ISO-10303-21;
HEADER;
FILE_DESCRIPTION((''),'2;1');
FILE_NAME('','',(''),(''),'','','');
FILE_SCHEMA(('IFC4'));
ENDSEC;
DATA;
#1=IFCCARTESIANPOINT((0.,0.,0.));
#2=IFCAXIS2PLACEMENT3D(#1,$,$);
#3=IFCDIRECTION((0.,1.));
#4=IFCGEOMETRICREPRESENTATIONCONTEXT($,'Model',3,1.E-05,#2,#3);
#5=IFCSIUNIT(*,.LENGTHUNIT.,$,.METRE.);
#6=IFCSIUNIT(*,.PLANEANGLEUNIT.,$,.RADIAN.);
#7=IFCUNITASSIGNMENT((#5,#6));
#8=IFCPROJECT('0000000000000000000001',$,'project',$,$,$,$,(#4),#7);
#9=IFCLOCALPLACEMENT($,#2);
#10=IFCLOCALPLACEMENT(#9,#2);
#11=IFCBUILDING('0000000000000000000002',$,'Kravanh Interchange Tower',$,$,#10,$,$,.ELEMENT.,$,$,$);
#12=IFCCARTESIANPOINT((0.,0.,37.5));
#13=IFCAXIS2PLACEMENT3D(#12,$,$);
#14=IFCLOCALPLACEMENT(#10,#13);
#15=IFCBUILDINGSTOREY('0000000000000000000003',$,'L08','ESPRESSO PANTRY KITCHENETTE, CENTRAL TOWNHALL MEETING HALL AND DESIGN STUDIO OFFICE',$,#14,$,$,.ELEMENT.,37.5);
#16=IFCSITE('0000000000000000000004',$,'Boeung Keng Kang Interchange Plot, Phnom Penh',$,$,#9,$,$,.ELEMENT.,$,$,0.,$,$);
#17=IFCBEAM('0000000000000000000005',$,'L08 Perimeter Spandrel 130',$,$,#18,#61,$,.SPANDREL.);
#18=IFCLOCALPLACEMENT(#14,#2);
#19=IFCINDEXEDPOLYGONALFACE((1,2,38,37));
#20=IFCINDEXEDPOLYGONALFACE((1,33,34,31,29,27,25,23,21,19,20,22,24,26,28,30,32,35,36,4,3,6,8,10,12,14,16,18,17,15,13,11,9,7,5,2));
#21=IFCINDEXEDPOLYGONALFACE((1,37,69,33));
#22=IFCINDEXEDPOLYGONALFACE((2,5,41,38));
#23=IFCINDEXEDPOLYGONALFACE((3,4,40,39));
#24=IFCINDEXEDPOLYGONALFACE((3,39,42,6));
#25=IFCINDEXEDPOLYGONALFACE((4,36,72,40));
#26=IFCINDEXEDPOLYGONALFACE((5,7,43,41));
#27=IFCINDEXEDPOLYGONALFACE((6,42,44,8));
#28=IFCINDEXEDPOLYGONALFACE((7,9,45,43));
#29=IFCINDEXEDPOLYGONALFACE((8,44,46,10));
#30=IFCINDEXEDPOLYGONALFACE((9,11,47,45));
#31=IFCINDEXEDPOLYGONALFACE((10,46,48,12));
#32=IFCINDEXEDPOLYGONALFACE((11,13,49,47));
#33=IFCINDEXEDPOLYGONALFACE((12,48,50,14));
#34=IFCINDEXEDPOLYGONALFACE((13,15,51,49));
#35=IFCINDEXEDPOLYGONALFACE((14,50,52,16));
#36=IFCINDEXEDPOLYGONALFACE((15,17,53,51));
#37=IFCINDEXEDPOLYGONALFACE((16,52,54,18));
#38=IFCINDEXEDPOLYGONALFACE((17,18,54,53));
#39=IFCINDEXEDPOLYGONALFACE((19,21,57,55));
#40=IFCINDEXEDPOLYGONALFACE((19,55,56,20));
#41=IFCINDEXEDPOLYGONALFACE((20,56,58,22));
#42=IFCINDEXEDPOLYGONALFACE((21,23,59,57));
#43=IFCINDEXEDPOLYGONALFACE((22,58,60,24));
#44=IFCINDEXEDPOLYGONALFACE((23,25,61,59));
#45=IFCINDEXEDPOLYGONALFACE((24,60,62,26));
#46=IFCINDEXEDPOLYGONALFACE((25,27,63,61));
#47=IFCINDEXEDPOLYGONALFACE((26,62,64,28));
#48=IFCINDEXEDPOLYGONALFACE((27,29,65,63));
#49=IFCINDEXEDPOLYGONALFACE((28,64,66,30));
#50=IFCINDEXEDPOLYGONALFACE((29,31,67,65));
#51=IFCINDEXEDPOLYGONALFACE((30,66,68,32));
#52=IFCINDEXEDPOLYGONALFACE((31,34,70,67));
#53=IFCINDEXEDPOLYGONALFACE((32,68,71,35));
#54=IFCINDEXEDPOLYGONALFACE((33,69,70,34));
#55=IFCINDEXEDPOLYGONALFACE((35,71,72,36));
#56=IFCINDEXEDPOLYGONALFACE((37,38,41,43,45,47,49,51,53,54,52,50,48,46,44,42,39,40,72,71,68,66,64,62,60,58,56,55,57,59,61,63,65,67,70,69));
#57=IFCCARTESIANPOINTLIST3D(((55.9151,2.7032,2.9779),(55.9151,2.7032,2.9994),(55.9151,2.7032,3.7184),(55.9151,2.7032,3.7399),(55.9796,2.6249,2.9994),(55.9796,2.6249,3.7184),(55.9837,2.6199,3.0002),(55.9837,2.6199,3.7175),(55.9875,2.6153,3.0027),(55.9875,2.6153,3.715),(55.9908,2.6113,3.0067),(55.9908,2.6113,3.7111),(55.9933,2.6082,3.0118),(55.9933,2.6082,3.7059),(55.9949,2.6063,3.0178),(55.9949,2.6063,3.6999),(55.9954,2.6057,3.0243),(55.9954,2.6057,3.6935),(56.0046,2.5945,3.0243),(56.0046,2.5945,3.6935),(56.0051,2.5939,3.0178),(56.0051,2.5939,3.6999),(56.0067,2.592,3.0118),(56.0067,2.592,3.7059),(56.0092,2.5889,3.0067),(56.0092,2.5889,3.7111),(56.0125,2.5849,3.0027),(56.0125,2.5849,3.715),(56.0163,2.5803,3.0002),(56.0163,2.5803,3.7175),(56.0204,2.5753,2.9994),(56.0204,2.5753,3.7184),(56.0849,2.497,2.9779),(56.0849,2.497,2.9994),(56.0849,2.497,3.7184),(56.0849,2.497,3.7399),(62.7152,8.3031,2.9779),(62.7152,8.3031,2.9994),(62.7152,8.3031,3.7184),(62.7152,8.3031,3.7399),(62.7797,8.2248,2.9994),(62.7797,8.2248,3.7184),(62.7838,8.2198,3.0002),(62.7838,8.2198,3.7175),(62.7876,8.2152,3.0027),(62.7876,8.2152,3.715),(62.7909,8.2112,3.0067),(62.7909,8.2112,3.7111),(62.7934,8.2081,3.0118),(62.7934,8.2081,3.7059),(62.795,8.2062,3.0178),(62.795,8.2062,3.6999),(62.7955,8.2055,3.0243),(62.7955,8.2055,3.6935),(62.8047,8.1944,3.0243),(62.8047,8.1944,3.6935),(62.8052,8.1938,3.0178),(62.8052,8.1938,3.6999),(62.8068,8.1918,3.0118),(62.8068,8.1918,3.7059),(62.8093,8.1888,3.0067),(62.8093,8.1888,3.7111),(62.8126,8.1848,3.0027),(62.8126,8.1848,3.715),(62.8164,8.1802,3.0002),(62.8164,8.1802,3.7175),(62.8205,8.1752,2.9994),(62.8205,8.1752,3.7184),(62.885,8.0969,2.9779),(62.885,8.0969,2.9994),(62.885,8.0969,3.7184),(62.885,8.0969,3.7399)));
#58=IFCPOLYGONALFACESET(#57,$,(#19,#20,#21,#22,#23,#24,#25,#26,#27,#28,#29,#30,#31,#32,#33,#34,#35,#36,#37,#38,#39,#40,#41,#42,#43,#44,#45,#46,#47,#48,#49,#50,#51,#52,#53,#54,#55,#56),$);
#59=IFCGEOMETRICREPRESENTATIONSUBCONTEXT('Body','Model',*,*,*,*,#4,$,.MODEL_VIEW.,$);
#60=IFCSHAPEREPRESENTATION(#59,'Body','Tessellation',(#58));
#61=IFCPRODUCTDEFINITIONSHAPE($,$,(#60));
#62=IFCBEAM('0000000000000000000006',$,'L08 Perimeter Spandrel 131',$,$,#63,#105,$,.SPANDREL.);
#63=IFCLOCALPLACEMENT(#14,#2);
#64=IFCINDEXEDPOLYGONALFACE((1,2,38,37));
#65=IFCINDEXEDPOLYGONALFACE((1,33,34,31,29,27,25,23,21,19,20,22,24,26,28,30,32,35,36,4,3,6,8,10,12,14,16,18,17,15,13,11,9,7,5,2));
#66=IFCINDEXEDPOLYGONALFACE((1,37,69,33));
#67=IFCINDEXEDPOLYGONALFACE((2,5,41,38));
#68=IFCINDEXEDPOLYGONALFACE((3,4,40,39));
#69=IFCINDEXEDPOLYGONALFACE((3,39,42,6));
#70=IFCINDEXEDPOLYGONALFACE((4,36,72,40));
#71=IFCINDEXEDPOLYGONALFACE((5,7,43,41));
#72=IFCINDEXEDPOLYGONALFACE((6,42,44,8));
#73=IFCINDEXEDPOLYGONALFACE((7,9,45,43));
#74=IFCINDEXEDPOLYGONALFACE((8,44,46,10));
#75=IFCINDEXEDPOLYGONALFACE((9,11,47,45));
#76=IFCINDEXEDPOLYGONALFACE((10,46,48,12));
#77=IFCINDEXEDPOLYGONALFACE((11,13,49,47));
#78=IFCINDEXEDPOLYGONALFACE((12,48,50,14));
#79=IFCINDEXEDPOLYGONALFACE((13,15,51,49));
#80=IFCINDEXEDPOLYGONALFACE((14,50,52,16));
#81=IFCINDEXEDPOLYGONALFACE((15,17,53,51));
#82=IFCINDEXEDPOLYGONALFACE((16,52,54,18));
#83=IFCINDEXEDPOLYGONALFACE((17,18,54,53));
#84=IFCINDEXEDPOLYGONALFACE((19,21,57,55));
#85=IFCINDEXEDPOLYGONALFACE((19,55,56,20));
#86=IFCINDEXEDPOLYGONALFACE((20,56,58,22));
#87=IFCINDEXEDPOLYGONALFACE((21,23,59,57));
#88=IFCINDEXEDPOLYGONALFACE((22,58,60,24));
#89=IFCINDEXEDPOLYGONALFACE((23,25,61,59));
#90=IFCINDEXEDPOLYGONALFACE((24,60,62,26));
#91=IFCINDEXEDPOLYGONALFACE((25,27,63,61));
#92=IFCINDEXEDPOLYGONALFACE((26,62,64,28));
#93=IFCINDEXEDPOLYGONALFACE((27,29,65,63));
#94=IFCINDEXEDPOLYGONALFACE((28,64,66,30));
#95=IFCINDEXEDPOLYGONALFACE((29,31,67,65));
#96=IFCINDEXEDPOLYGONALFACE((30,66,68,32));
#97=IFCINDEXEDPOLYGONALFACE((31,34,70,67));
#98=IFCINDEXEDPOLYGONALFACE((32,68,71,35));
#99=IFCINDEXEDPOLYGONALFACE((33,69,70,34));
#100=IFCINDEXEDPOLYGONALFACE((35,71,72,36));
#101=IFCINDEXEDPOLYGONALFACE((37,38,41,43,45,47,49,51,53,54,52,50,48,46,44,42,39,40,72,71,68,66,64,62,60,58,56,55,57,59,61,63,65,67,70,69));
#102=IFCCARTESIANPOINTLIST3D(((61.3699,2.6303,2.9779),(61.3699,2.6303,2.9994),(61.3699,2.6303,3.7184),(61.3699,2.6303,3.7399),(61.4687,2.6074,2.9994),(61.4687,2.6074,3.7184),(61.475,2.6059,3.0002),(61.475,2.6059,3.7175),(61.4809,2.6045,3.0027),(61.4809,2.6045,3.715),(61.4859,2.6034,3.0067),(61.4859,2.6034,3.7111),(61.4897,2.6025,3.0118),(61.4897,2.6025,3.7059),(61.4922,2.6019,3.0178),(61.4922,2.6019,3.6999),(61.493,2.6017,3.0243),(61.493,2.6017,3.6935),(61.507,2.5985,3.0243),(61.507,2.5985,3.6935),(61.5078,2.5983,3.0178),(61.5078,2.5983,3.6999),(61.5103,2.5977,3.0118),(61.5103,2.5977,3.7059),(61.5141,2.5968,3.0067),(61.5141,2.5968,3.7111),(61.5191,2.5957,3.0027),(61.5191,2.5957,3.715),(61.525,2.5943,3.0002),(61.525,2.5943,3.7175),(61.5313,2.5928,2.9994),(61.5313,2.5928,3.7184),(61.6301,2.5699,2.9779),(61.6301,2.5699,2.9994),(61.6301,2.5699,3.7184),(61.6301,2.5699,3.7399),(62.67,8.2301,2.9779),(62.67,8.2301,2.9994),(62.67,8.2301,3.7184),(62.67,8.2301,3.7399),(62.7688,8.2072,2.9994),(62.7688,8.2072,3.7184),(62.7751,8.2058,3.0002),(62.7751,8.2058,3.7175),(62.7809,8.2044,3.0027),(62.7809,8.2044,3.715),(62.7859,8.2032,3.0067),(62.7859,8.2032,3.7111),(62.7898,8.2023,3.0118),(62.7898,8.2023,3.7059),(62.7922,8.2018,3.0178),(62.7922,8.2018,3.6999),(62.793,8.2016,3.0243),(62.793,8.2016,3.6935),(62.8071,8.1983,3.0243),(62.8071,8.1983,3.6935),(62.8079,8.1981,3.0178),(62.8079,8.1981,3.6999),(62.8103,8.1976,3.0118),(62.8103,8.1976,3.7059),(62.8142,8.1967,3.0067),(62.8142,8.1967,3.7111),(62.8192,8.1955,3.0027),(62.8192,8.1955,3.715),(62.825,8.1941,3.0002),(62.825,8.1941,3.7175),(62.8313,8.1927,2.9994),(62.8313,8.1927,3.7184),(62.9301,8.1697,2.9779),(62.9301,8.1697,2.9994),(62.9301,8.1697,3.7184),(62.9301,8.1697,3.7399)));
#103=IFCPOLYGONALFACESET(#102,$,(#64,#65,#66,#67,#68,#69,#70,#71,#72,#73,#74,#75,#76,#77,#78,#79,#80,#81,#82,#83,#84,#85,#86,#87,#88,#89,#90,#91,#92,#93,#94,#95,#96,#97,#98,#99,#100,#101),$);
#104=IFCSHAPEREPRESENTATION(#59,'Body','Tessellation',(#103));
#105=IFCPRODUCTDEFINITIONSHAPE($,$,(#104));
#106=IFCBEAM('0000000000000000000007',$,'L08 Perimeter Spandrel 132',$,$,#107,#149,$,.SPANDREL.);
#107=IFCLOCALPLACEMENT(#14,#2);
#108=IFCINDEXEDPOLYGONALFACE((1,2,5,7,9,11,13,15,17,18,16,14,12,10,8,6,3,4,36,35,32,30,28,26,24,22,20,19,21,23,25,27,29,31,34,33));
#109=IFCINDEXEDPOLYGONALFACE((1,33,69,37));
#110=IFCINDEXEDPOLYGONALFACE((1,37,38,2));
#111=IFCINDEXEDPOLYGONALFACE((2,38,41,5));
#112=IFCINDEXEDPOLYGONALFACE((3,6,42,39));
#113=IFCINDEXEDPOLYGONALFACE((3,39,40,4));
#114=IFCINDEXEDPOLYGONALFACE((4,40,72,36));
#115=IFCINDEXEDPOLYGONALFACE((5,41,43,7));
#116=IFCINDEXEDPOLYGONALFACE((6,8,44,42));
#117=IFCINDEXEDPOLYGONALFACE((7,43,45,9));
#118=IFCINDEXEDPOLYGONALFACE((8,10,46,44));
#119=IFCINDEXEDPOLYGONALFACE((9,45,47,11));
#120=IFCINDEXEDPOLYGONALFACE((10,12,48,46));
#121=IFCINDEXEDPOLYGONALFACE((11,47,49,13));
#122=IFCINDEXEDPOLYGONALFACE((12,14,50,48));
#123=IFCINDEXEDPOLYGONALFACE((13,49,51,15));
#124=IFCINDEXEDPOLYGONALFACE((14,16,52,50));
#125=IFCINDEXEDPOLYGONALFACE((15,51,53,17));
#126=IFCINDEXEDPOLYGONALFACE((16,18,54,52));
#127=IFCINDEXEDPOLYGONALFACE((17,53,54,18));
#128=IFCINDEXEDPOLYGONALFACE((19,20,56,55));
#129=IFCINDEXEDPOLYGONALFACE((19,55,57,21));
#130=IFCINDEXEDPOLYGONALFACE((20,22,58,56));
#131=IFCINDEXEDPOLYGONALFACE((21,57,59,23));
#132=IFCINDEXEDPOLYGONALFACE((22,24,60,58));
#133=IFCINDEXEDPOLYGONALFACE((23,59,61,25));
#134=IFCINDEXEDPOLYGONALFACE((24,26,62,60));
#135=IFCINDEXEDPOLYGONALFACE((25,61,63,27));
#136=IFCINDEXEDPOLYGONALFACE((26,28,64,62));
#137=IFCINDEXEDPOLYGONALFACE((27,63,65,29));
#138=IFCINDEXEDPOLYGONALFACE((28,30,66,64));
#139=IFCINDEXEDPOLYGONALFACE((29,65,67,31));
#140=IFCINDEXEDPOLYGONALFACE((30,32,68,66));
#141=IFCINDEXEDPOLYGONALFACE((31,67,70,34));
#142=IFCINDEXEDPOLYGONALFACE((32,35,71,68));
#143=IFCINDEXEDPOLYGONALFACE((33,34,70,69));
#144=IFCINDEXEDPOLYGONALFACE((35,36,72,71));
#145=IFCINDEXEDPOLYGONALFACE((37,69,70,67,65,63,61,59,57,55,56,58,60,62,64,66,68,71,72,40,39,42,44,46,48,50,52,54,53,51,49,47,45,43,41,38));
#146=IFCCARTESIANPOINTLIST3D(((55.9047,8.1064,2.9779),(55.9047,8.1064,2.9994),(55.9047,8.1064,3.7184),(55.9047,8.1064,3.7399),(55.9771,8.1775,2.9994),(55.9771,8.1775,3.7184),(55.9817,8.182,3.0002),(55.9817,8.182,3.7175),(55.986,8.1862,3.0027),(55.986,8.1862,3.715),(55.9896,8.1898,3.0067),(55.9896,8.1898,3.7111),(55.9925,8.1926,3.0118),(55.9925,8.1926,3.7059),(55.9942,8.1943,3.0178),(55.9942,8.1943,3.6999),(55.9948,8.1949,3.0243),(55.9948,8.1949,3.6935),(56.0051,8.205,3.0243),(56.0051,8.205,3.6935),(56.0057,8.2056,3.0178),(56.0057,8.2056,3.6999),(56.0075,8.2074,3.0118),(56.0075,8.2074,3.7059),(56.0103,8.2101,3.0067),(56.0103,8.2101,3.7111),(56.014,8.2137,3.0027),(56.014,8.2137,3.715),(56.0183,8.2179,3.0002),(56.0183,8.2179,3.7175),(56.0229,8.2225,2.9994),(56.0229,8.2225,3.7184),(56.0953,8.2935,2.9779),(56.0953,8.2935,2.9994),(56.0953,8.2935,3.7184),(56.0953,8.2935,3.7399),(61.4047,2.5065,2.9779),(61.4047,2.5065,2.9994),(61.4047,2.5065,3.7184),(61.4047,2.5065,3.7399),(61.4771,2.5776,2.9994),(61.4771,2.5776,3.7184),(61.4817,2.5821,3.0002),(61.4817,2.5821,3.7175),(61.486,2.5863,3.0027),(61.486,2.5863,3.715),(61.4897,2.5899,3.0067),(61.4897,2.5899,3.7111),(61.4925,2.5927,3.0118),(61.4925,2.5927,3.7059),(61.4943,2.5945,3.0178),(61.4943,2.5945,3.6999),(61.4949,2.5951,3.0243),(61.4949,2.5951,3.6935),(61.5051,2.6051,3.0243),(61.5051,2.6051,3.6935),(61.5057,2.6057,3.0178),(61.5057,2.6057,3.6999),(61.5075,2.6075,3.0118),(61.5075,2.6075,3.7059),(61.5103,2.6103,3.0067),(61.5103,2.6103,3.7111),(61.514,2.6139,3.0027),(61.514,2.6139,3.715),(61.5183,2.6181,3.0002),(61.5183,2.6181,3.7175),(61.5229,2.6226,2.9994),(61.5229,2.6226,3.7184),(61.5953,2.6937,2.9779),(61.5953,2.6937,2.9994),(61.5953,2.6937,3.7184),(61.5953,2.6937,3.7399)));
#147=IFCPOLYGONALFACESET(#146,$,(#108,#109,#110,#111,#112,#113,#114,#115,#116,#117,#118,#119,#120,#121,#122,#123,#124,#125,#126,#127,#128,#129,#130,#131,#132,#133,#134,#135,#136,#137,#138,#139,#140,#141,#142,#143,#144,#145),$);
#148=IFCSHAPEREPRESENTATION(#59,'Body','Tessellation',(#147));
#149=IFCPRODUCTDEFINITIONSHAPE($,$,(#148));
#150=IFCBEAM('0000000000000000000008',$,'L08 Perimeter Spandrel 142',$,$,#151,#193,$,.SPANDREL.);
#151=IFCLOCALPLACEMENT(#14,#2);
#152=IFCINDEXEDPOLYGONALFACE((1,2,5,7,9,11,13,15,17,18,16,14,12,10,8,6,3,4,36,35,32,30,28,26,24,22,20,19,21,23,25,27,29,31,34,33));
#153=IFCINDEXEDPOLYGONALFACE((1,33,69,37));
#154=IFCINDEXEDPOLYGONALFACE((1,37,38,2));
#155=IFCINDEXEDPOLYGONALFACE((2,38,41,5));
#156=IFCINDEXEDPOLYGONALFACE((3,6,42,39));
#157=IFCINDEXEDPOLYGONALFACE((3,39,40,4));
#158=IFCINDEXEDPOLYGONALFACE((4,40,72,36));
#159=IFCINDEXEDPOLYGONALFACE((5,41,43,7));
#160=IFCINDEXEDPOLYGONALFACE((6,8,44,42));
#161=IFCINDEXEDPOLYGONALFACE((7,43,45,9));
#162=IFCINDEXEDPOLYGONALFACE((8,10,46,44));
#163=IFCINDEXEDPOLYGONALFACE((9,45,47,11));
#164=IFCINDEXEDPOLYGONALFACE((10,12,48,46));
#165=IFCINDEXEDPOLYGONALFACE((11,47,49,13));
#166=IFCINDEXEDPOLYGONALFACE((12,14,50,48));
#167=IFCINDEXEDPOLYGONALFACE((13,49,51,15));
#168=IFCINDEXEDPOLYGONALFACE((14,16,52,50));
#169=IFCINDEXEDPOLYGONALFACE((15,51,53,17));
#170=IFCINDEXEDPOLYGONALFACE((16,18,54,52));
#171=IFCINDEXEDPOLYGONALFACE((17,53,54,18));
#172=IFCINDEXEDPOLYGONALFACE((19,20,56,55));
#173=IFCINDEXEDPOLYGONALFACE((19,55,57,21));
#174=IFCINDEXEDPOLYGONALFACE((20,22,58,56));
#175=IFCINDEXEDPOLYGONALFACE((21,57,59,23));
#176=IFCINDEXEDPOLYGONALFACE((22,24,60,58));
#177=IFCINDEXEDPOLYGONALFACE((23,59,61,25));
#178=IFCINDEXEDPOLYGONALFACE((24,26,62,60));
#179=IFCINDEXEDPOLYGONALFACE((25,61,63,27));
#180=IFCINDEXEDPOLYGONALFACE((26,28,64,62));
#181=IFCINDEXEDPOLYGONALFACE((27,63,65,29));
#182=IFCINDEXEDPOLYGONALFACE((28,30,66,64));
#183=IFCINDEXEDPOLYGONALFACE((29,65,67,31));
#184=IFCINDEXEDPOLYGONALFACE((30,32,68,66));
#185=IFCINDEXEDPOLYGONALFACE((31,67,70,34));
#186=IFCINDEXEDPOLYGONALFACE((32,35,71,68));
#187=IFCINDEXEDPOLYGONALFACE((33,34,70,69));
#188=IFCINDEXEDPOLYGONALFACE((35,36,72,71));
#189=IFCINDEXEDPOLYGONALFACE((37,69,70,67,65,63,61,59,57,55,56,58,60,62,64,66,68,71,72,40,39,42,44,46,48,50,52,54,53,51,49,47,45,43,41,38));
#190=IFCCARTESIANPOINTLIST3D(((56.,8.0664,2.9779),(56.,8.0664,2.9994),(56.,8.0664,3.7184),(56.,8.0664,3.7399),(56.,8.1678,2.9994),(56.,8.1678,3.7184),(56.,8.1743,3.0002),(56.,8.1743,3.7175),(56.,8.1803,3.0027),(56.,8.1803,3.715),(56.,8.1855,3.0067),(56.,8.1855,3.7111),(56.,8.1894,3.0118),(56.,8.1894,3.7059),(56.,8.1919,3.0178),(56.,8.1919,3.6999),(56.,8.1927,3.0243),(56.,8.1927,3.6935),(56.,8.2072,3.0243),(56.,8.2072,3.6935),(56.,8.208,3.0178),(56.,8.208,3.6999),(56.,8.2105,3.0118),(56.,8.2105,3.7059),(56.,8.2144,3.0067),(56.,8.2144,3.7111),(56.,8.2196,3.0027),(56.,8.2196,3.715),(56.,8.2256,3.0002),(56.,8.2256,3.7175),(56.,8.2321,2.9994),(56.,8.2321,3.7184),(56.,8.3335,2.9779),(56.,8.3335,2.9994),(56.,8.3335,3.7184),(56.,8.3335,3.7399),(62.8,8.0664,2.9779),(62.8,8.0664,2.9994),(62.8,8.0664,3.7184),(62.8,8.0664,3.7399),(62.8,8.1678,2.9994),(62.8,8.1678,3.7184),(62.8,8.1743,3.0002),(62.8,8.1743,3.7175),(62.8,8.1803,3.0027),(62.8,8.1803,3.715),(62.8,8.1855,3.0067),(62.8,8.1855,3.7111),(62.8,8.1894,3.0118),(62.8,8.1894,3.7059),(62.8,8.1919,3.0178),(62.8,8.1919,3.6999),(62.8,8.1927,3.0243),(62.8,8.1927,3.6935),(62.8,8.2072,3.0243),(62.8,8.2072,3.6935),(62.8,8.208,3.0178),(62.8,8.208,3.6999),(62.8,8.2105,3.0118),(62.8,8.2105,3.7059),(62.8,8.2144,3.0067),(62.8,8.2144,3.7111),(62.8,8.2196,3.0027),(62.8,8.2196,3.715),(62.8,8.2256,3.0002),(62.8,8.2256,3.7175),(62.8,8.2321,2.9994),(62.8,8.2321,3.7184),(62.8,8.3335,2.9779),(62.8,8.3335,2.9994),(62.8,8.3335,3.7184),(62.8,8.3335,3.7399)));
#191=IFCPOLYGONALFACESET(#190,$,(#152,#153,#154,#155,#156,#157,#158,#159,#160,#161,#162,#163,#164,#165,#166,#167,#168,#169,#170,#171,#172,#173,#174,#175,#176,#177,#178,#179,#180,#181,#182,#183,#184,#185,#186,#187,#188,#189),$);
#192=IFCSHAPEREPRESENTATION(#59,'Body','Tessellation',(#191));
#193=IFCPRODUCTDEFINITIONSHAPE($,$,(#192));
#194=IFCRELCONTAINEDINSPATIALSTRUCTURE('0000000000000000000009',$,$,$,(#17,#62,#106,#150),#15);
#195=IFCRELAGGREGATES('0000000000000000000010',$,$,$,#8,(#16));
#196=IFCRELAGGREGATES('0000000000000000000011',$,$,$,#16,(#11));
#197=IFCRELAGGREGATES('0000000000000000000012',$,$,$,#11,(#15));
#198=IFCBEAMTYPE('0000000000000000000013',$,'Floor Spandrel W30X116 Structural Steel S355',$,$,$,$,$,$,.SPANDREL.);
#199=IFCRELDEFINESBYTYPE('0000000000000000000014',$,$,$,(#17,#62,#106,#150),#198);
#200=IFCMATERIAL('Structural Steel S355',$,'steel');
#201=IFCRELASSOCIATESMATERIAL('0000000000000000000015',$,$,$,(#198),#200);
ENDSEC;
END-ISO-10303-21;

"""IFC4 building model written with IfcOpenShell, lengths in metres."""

from ifc_helpers import new_model, si_unit, direction, frame, origin, origin_2d, place, context, subcontext, project, spatial, i_section, extrude, material, material_profile, profile_set, type_object, element, save


model = new_model("IFC4")

# Units and contexts
model_context = context("Model", 3, precision=1e-05, world=origin(), true_north=direction((0.0, 1.0)))
body_context = subcontext(model_context, "Body", "Model", "MODEL_VIEW")
ifc_project = project(units=[si_unit("LENGTHUNIT", "METRE"), si_unit("PLANEANGLEUNIT", "RADIAN")], contexts=[model_context])

# Site, building, storey
site_placement = place(None, origin())
site = spatial("IfcSite", under=ifc_project, at=site_placement, Name="Boeung Keng Kang Interchange Plot, Phnom Penh", CompositionType="ELEMENT", RefElevation=0.0)
building_placement = place(site_placement, origin())
building = spatial("IfcBuilding", under=site, at=building_placement, Name="Kravanh Interchange Tower", CompositionType="ELEMENT")
storey_placement = place(building_placement, frame((0.0, 0.0, 37.5)))
storey = spatial("IfcBuildingStorey", under=building, at=storey_placement, Name="L08", Description="ESPRESSO PANTRY KITCHENETTE, CENTRAL TOWNHALL MEETING HALL AND DESIGN STUDIO OFFICE", CompositionType="ELEMENT", Elevation=37.5)

# Beams
ifc_material_1 = material(Name="Structural Steel S355", Category="steel")
ifc_material_profile_1 = material_profile(ifc_material_1, i_section(OverallWidth=0.2671, OverallDepth=0.762, WebThickness=0.0144, FlangeThickness=0.0215, FilletRadius=0.0249, at=origin_2d()), Name="W30X116")
ifc_profile_set_1 = profile_set([ifc_material_profile_1], Name="Structural Steel S355")
beam_type_1 = type_object("IfcBeamType", Name="Floor Spandrel W30X116 Structural Steel S355", PredefinedType="SPANDREL", material=ifc_profile_set_1)
beam_1_placement = place(storey_placement, frame((56.0, 2.6001, 3.3589), z_axis=(0.771941, 0.635695, 0.0), x_axis=(-0.635695, 0.771941, 0.0)))
element("IfcBeam", 1, at=beam_1_placement, inside=storey, type_object=beam_type_1, Name="L08 Perimeter Spandrel 130", PredefinedType="SPANDREL", context=body_context, shape_type="SweptSolid", body=[
    extrude(i_section(OverallWidth=0.2671, OverallDepth=0.762, WebThickness=0.0144, FlangeThickness=0.0215, FilletRadius=0.0249, at=origin_2d()), origin(), (0.0, 0.0, 1.0), 8.8091),
])
beam_2_placement = place(storey_placement, frame((61.5, 2.6001, 3.3589), z_axis=(0.226143, 0.974094, 0.0), x_axis=(-0.974094, 0.226143, 0.0)))
element("IfcBeam", 2, at=beam_2_placement, inside=storey, type_object=beam_type_1, Name="L08 Perimeter Spandrel 131", PredefinedType="SPANDREL", context=body_context, shape_type="SweptSolid", body=[
    extrude(i_section(OverallWidth=0.2671, OverallDepth=0.762, WebThickness=0.0144, FlangeThickness=0.0215, FilletRadius=0.0249, at=origin_2d()), origin(), (0.0, 0.0, 1.0), 5.7488),
])
beam_3_placement = place(storey_placement, frame((61.5, 2.6001, 3.3589), z_axis=(-0.700717, 0.713439, 0.0), x_axis=(-0.713439, -0.700717, 0.0)))
element("IfcBeam", 3, at=beam_3_placement, inside=storey, type_object=beam_type_1, Name="L08 Perimeter Spandrel 132", PredefinedType="SPANDREL", context=body_context, shape_type="SweptSolid", body=[
    extrude(i_section(OverallWidth=0.2671, OverallDepth=0.762, WebThickness=0.0144, FlangeThickness=0.0215, FilletRadius=0.0249, at=origin_2d()), origin(), (0.0, 0.0, 1.0), 7.8491),
])
beam_4_placement = place(storey_placement, frame((56.0, 8.2, 3.3589), z_axis=(1.0, 0.0, 0.0), x_axis=(0.0, 1.0, 0.0)))
element("IfcBeam", 4, at=beam_4_placement, inside=storey, type_object=beam_type_1, Name="L08 Perimeter Spandrel 142", PredefinedType="SPANDREL", context=body_context, shape_type="SweptSolid", body=[
    extrude(i_section(OverallWidth=0.2671, OverallDepth=0.762, WebThickness=0.0144, FlangeThickness=0.0215, FilletRadius=0.0249, at=origin_2d()), origin(), (0.0, 0.0, 1.0), 6.8),
])

save(model, "model.ifc")
